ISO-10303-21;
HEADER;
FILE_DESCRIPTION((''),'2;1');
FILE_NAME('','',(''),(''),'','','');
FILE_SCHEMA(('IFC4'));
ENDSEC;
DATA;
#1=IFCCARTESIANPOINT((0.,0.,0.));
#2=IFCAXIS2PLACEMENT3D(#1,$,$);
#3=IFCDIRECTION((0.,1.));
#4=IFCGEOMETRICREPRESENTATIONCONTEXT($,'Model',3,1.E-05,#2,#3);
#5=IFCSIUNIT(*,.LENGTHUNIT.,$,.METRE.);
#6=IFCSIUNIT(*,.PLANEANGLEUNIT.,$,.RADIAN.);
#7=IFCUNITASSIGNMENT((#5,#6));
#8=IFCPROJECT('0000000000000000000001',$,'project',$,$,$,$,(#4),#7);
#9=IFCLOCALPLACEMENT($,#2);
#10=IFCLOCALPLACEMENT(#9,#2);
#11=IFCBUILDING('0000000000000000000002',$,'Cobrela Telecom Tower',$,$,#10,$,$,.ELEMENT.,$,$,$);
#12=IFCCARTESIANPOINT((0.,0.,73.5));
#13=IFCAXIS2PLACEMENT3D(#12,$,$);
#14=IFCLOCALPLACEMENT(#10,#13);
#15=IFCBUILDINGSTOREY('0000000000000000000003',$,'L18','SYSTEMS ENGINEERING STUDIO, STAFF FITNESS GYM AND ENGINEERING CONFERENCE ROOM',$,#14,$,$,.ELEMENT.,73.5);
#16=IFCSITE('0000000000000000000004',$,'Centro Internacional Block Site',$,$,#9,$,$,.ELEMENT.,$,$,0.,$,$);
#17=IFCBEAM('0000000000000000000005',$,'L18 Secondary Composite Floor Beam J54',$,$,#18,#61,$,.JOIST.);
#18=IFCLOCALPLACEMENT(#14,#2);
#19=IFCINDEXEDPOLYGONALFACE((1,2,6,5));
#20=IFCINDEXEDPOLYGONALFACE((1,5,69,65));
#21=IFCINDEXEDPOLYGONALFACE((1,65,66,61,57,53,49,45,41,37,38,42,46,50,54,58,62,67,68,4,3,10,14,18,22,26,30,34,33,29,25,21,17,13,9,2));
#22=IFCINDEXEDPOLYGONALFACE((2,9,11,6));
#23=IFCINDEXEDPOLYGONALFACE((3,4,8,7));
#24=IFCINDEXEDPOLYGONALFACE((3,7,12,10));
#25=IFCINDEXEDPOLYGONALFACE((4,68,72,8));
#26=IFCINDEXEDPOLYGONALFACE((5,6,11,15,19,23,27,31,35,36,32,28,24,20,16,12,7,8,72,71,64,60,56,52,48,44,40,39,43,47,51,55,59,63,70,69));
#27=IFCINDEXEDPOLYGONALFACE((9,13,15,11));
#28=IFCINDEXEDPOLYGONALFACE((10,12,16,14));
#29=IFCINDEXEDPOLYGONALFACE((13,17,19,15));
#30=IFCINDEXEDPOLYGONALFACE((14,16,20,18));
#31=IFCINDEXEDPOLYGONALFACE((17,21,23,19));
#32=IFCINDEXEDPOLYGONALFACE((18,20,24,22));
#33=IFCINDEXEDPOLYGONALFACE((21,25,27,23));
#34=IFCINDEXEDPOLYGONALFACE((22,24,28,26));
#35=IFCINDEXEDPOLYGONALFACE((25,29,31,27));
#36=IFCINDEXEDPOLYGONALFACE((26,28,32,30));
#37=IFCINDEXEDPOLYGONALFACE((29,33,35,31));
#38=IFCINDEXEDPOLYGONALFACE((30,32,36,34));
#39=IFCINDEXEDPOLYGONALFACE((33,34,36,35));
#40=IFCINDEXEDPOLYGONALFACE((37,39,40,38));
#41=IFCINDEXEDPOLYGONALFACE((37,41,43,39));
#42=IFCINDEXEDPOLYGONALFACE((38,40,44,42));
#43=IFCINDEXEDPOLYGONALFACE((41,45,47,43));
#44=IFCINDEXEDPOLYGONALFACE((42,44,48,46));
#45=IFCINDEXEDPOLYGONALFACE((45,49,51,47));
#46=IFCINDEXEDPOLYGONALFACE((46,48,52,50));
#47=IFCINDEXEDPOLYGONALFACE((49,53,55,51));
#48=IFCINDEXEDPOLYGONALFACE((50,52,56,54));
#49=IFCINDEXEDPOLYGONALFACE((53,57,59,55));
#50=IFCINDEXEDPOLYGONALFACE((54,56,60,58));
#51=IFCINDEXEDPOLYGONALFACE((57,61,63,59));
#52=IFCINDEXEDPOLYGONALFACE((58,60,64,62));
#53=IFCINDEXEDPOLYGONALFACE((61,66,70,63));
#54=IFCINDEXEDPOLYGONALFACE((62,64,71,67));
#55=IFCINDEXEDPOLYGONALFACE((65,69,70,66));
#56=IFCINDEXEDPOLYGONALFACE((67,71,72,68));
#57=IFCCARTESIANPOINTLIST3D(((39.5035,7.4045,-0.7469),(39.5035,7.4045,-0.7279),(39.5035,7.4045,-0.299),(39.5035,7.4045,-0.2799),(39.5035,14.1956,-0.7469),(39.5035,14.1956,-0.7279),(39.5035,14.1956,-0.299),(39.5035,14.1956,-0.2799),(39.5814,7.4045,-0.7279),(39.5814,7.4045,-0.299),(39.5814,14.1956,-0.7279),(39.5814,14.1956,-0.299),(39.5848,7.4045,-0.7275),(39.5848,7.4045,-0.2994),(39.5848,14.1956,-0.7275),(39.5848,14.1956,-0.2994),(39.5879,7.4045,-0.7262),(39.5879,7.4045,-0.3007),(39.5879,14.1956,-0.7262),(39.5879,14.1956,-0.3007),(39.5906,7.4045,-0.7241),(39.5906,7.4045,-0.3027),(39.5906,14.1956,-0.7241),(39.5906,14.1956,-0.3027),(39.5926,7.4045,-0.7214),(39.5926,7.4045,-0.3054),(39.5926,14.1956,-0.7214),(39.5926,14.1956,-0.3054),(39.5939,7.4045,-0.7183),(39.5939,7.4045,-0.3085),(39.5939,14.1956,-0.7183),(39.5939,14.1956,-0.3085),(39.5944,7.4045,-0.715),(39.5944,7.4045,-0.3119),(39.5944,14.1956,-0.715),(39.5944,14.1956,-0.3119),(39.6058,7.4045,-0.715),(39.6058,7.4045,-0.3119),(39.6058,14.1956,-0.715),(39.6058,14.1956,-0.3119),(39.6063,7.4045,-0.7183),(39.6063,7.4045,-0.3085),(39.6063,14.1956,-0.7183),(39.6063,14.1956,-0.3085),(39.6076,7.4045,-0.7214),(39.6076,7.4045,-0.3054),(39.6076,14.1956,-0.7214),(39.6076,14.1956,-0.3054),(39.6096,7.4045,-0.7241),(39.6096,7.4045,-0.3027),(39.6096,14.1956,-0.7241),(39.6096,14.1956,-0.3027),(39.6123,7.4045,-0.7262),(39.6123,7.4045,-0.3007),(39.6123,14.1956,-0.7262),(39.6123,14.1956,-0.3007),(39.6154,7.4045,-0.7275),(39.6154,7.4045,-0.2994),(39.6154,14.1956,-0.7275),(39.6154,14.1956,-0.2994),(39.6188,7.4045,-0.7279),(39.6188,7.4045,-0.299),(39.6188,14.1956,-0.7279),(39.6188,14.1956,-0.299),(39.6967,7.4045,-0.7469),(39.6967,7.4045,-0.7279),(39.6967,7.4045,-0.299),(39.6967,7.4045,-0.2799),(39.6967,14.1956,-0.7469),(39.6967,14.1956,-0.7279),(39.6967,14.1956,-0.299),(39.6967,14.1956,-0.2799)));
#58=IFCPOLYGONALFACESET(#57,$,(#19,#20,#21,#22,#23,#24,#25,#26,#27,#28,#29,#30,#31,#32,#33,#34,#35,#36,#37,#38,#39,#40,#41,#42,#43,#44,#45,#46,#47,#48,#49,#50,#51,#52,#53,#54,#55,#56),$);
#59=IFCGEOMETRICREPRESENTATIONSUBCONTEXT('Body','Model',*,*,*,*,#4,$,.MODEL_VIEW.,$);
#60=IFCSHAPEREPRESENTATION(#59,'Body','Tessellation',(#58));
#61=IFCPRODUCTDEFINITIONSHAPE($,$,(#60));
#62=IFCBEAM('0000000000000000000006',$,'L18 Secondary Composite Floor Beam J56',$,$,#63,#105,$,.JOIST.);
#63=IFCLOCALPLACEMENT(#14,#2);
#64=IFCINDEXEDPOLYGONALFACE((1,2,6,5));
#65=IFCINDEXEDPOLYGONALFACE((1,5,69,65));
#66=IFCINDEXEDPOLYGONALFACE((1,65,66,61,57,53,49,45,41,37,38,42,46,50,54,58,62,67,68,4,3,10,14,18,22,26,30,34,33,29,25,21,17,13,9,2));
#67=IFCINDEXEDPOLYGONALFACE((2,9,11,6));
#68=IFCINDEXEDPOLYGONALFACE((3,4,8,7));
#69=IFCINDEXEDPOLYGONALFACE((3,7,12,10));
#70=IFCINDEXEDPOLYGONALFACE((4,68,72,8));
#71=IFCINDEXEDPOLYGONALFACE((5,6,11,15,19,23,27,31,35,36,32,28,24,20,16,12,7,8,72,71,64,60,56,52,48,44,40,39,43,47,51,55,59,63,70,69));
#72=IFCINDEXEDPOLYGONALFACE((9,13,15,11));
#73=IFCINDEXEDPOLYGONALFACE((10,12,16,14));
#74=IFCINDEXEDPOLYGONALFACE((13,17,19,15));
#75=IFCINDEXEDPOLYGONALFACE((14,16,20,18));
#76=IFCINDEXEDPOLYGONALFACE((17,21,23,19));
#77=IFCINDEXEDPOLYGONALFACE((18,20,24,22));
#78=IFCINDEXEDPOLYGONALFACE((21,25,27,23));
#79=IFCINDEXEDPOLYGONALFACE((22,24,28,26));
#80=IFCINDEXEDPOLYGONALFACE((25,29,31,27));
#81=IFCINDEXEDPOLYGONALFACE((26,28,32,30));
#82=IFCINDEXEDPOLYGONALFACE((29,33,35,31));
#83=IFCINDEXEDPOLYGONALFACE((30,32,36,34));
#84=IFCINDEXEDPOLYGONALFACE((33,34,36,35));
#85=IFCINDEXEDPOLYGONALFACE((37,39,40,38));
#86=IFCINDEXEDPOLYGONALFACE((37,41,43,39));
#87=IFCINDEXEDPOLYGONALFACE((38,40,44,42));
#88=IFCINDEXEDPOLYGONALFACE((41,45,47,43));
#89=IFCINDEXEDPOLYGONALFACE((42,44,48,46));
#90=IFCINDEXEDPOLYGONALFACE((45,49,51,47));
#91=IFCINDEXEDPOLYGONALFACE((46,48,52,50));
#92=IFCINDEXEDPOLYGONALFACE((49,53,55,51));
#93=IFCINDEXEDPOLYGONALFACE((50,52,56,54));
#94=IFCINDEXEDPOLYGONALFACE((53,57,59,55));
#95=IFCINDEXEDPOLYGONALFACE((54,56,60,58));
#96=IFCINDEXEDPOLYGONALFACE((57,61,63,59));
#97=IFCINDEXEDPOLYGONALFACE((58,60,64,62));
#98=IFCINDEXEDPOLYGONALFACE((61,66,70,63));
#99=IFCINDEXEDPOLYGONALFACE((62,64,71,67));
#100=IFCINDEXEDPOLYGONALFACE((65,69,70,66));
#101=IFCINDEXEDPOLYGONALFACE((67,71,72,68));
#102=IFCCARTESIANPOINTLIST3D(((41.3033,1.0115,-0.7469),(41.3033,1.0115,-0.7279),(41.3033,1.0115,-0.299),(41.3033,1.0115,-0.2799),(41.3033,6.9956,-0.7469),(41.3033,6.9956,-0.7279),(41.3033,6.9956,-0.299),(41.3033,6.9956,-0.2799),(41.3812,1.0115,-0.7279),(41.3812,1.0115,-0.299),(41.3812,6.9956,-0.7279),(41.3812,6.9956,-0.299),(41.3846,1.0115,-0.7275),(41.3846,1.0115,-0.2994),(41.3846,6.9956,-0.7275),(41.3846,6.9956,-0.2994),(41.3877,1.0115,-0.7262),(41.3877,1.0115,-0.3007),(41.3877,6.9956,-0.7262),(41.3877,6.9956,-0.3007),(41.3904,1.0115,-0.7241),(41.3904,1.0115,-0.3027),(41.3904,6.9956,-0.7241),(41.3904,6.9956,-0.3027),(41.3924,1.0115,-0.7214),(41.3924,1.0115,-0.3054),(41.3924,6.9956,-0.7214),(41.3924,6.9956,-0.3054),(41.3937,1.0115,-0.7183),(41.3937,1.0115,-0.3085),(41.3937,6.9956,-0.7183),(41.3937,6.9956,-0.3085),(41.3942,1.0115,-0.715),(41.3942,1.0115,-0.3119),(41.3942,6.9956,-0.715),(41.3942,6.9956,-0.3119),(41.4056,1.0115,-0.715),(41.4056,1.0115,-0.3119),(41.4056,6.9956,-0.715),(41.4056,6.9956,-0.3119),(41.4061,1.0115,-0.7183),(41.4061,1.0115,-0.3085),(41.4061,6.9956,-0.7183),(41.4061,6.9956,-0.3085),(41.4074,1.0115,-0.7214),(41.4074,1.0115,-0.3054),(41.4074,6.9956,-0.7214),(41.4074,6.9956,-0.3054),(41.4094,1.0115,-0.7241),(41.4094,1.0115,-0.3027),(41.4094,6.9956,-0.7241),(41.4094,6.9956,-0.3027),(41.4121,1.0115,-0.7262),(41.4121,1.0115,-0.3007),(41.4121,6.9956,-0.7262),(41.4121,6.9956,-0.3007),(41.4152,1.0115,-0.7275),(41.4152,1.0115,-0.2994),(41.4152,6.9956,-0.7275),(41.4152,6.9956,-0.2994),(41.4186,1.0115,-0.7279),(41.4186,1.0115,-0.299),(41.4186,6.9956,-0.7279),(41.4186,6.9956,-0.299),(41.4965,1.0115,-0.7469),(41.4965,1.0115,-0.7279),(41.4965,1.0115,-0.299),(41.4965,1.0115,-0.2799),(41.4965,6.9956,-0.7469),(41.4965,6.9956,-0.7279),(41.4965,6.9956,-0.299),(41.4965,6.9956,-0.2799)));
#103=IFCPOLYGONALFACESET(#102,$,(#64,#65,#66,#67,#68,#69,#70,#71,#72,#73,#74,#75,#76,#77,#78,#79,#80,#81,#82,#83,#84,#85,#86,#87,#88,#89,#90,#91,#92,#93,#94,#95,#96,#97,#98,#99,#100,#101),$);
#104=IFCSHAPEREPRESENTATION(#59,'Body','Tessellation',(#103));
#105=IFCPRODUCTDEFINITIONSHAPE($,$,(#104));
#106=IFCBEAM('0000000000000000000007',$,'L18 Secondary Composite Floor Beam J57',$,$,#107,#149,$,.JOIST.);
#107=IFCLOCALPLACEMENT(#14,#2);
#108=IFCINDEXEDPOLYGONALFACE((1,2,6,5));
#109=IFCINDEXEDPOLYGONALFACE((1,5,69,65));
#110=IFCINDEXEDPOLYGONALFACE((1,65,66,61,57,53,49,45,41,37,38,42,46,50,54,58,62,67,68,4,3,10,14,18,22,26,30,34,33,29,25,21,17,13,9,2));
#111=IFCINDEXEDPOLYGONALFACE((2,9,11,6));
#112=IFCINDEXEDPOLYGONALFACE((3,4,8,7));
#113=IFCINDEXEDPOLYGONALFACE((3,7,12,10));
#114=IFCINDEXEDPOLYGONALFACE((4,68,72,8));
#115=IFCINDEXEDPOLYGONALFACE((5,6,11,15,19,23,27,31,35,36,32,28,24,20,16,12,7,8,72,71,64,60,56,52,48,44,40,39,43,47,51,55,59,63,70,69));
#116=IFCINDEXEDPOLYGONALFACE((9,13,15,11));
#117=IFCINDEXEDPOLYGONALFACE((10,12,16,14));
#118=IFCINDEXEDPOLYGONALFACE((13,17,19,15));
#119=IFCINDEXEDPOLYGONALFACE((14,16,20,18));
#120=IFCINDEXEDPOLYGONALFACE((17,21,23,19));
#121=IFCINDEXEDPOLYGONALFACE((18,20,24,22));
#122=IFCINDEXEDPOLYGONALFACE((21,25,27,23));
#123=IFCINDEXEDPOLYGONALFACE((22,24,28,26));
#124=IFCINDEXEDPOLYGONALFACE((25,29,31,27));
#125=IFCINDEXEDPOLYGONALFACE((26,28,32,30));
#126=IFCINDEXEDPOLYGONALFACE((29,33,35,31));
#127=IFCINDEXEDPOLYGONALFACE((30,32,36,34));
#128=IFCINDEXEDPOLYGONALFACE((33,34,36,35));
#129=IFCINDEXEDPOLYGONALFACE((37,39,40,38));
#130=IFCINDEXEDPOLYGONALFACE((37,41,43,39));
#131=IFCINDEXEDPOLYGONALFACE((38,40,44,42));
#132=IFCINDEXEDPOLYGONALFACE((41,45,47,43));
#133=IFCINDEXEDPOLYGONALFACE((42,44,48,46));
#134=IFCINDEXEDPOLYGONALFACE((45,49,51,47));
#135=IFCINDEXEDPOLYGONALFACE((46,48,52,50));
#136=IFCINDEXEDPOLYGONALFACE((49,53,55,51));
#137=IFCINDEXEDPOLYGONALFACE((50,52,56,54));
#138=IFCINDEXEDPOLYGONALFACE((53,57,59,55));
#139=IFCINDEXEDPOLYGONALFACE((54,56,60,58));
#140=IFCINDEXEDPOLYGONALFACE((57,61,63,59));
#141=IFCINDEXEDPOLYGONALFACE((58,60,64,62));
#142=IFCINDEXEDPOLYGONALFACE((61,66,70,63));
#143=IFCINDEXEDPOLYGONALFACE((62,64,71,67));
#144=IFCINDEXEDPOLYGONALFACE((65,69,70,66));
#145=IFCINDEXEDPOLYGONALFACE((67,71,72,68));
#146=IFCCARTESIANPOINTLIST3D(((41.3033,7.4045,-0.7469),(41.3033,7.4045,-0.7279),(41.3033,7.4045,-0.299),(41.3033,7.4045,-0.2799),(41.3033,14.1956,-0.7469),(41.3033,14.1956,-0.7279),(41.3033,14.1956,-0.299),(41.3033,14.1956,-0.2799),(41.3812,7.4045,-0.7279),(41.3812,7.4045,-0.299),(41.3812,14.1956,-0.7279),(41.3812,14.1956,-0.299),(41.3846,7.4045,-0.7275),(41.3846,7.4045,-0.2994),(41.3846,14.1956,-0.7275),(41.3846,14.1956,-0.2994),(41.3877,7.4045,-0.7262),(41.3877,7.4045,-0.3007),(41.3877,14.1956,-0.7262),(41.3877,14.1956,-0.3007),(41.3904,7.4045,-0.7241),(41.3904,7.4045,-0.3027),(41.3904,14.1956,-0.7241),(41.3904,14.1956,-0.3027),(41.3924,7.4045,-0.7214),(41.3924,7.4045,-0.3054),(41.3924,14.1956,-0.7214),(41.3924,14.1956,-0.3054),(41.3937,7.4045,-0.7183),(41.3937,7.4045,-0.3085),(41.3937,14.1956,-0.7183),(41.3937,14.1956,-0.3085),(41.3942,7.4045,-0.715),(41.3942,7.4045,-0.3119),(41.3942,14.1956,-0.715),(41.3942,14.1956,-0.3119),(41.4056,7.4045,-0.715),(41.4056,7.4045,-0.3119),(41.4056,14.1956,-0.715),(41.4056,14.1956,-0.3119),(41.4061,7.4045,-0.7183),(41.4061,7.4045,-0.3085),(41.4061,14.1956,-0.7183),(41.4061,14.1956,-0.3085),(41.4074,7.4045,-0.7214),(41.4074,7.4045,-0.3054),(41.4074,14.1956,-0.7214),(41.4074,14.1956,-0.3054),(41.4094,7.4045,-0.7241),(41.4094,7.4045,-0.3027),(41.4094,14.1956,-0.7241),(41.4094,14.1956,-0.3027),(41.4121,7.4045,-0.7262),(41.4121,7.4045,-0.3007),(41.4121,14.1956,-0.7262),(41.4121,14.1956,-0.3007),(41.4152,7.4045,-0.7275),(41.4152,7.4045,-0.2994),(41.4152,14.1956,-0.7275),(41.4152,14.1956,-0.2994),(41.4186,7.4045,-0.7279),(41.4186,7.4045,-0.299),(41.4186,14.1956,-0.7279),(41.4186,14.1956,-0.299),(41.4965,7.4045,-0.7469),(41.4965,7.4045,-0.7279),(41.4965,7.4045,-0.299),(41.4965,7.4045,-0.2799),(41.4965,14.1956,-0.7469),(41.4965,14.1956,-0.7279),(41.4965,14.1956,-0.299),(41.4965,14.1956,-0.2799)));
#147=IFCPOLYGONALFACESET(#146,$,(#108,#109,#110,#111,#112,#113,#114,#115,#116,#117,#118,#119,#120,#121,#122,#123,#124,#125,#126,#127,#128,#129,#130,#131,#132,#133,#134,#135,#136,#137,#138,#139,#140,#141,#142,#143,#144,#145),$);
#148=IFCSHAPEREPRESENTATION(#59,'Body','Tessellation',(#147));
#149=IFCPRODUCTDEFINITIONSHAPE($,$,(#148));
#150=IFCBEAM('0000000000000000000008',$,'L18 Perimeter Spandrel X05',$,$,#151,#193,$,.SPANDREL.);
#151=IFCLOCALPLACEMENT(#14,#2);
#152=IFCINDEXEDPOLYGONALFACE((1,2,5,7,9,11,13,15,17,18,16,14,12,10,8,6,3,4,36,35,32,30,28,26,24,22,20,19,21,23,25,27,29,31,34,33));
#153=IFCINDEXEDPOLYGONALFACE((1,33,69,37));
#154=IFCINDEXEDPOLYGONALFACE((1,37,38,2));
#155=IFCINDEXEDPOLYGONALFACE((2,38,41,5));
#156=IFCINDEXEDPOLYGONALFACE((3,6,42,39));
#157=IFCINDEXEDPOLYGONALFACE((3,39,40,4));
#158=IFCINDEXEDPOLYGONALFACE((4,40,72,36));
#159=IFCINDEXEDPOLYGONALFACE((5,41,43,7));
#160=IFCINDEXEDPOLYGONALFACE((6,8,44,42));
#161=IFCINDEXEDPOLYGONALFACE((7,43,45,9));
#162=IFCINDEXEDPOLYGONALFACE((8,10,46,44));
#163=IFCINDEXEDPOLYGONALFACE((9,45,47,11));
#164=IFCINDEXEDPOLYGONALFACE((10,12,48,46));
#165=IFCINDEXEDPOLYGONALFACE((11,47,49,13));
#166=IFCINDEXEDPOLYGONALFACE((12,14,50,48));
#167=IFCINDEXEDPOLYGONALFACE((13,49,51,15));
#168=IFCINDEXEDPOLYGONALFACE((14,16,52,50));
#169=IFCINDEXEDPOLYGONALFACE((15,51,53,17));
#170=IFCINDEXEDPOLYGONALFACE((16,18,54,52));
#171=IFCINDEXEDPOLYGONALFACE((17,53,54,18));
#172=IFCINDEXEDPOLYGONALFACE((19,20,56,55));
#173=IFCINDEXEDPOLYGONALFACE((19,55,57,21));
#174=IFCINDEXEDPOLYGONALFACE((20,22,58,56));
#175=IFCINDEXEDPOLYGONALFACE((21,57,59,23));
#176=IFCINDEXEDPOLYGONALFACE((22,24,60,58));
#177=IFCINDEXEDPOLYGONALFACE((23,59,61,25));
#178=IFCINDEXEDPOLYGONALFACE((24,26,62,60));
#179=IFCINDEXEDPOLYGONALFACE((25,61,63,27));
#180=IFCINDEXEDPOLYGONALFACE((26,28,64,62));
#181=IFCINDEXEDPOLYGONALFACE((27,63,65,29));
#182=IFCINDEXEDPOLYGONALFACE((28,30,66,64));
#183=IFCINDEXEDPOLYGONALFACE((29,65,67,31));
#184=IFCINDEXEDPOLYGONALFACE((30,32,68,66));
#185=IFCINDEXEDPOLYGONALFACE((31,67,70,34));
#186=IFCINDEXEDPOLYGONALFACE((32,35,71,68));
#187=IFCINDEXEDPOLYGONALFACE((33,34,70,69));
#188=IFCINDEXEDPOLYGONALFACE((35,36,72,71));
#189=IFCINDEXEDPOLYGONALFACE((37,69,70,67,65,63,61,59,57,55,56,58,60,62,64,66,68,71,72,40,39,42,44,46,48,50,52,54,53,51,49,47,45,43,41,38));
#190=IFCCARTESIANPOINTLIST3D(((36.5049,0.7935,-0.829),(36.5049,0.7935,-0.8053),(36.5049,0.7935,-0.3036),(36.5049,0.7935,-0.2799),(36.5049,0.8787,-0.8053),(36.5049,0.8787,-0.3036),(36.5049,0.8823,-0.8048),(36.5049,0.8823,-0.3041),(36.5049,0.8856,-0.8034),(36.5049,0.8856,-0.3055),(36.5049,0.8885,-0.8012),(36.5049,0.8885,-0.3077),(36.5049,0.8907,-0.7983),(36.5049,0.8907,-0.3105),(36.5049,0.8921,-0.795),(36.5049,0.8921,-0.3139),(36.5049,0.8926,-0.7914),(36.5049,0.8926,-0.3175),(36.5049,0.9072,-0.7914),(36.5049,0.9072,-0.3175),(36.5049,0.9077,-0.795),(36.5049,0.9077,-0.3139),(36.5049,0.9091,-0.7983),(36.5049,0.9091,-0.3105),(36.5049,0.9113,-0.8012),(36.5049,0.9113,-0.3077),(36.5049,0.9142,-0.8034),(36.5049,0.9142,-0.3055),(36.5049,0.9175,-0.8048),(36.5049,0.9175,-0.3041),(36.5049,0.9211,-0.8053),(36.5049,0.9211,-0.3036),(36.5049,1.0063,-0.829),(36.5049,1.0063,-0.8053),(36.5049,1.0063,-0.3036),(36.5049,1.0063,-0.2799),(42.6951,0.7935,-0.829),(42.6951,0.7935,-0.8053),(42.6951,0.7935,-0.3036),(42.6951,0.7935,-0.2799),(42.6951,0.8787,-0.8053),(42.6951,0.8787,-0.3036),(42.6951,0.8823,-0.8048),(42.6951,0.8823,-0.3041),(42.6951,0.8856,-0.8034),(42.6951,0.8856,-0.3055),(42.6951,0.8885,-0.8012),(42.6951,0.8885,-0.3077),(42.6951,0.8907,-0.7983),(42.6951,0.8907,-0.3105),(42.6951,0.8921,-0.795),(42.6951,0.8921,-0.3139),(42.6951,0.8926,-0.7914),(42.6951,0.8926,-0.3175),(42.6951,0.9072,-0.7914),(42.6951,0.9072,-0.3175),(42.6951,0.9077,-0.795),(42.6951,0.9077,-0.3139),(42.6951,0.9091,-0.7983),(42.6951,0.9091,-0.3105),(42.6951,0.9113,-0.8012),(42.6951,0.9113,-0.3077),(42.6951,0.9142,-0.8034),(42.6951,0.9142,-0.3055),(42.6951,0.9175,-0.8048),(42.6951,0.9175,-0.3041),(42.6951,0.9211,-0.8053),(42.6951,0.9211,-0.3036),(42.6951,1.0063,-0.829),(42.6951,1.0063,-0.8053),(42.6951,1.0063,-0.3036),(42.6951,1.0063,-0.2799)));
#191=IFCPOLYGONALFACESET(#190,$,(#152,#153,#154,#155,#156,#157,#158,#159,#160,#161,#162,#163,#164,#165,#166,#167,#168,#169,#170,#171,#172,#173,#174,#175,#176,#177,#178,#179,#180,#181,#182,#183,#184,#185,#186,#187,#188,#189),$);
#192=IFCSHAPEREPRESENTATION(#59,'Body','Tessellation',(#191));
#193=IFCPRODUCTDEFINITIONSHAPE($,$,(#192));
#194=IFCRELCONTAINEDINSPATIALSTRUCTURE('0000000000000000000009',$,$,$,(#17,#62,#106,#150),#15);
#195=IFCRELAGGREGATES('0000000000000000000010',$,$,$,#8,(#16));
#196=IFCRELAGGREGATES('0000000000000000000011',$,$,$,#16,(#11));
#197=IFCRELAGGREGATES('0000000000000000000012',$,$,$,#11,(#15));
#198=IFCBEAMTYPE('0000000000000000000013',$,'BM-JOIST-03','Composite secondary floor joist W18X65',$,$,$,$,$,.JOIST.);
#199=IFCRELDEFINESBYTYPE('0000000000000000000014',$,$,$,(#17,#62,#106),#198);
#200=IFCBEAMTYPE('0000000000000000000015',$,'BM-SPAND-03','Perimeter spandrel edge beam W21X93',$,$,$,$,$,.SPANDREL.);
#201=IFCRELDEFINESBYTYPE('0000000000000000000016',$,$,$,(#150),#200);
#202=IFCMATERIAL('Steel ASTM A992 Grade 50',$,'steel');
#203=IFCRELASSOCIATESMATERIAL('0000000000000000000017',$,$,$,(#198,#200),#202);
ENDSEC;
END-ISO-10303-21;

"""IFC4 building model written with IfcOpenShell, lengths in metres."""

from ifc_helpers import new_model, si_unit, direction, frame, origin, origin_2d, place, context, subcontext, project, spatial, i_section, extrude, material, material_profile, profile_set, type_object, element, save


model = new_model("IFC4")

# Units and contexts
model_context = context("Model", 3, precision=1e-05, world=origin(), true_north=direction((0.0, 1.0)))
body_context = subcontext(model_context, "Body", "Model", "MODEL_VIEW")
ifc_project = project(units=[si_unit("LENGTHUNIT", "METRE"), si_unit("PLANEANGLEUNIT", "RADIAN")], contexts=[model_context])

# Site, building, storey
site_placement = place(None, origin())
site = spatial("IfcSite", under=ifc_project, at=site_placement, Name="Centro Internacional Block Site", CompositionType="ELEMENT", RefElevation=0.0)
building_placement = place(site_placement, origin())
building = spatial("IfcBuilding", under=site, at=building_placement, Name="Cobrela Telecom Tower", CompositionType="ELEMENT")
storey_placement = place(building_placement, frame((0.0, 0.0, 73.5)))
storey = spatial("IfcBuildingStorey", under=building, at=storey_placement, Name="L18", Description="SYSTEMS ENGINEERING STUDIO, STAFF FITNESS GYM AND ENGINEERING CONFERENCE ROOM", CompositionType="ELEMENT", Elevation=73.5)

# Shared definitions
ifc_material_1 = material(Name="Steel ASTM A992 Grade 50", Category="steel")

# Beams
ifc_material_profile_1 = material_profile(ifc_material_1, i_section(OverallWidth=0.1931, OverallDepth=0.467, WebThickness=0.0115, FlangeThickness=0.019, FilletRadius=0.0129, at=origin_2d()), Name="W18X65")
ifc_profile_set_1 = profile_set([ifc_material_profile_1], Name="Steel ASTM A992 Grade 50")
beam_type_1 = type_object("IfcBeamType", Name="BM-JOIST-03", Description="Composite secondary floor joist W18X65", PredefinedType="JOIST", material=ifc_profile_set_1)
beam_1_placement = place(storey_placement, frame((39.6001, 7.4045, -0.5134), z_axis=(0.0, 1.0, 0.0), x_axis=(-1.0, 0.0, 0.0)))
element("IfcBeam", 1, at=beam_1_placement, inside=storey, type_object=beam_type_1, Name="L18 Secondary Composite Floor Beam J54", PredefinedType="JOIST", context=body_context, shape_type="SweptSolid", body=[
    extrude(i_section(OverallWidth=0.1931, OverallDepth=0.467, WebThickness=0.0115, FlangeThickness=0.019, FilletRadius=0.0129, at=origin_2d()), origin(), (0.0, 0.0, 1.0), 6.791),
])
beam_2_placement = place(storey_placement, frame((41.3999, 1.0115, -0.5134), z_axis=(0.0, 1.0, 0.0), x_axis=(-1.0, 0.0, 0.0)))
element("IfcBeam", 2, at=beam_2_placement, inside=storey, type_object=beam_type_1, Name="L18 Secondary Composite Floor Beam J56", PredefinedType="JOIST", context=body_context, shape_type="SweptSolid", body=[
    extrude(i_section(OverallWidth=0.1931, OverallDepth=0.467, WebThickness=0.0115, FlangeThickness=0.019, FilletRadius=0.0129, at=origin_2d()), origin(), (0.0, 0.0, 1.0), 5.9841),
])
beam_3_placement = place(storey_placement, frame((41.3999, 7.4045, -0.5134), z_axis=(0.0, 1.0, 0.0), x_axis=(-1.0, 0.0, 0.0)))
element("IfcBeam", 3, at=beam_3_placement, inside=storey, type_object=beam_type_1, Name="L18 Secondary Composite Floor Beam J57", PredefinedType="JOIST", context=body_context, shape_type="SweptSolid", body=[
    extrude(i_section(OverallWidth=0.1931, OverallDepth=0.467, WebThickness=0.0115, FlangeThickness=0.019, FilletRadius=0.0129, at=origin_2d()), origin(), (0.0, 0.0, 1.0), 6.791),
])
ifc_material_profile_2 = material_profile(ifc_material_1, i_section(OverallWidth=0.2129, OverallDepth=0.5491, WebThickness=0.0146, FlangeThickness=0.0237, FilletRadius=0.0139, at=origin_2d()), Name="W21X93")
ifc_profile_set_2 = profile_set([ifc_material_profile_2], Name="Steel ASTM A992 Grade 50")
beam_type_2 = type_object("IfcBeamType", Name="BM-SPAND-03", Description="Perimeter spandrel edge beam W21X93", PredefinedType="SPANDREL", material=ifc_profile_set_2)
beam_4_placement = place(storey_placement, frame((36.5049, 0.8999, -0.5544), z_axis=(1.0, 0.0, 0.0), x_axis=(0.0, 1.0, 0.0)))
element("IfcBeam", 4, at=beam_4_placement, inside=storey, type_object=beam_type_2, Name="L18 Perimeter Spandrel X05", PredefinedType="SPANDREL", context=body_context, shape_type="SweptSolid", body=[
    extrude(i_section(OverallWidth=0.2129, OverallDepth=0.5491, WebThickness=0.0146, FlangeThickness=0.0237, FilletRadius=0.0139, at=origin_2d()), origin(), (0.0, 0.0, 1.0), 6.1902),
])

save(model, "model.ifc")
